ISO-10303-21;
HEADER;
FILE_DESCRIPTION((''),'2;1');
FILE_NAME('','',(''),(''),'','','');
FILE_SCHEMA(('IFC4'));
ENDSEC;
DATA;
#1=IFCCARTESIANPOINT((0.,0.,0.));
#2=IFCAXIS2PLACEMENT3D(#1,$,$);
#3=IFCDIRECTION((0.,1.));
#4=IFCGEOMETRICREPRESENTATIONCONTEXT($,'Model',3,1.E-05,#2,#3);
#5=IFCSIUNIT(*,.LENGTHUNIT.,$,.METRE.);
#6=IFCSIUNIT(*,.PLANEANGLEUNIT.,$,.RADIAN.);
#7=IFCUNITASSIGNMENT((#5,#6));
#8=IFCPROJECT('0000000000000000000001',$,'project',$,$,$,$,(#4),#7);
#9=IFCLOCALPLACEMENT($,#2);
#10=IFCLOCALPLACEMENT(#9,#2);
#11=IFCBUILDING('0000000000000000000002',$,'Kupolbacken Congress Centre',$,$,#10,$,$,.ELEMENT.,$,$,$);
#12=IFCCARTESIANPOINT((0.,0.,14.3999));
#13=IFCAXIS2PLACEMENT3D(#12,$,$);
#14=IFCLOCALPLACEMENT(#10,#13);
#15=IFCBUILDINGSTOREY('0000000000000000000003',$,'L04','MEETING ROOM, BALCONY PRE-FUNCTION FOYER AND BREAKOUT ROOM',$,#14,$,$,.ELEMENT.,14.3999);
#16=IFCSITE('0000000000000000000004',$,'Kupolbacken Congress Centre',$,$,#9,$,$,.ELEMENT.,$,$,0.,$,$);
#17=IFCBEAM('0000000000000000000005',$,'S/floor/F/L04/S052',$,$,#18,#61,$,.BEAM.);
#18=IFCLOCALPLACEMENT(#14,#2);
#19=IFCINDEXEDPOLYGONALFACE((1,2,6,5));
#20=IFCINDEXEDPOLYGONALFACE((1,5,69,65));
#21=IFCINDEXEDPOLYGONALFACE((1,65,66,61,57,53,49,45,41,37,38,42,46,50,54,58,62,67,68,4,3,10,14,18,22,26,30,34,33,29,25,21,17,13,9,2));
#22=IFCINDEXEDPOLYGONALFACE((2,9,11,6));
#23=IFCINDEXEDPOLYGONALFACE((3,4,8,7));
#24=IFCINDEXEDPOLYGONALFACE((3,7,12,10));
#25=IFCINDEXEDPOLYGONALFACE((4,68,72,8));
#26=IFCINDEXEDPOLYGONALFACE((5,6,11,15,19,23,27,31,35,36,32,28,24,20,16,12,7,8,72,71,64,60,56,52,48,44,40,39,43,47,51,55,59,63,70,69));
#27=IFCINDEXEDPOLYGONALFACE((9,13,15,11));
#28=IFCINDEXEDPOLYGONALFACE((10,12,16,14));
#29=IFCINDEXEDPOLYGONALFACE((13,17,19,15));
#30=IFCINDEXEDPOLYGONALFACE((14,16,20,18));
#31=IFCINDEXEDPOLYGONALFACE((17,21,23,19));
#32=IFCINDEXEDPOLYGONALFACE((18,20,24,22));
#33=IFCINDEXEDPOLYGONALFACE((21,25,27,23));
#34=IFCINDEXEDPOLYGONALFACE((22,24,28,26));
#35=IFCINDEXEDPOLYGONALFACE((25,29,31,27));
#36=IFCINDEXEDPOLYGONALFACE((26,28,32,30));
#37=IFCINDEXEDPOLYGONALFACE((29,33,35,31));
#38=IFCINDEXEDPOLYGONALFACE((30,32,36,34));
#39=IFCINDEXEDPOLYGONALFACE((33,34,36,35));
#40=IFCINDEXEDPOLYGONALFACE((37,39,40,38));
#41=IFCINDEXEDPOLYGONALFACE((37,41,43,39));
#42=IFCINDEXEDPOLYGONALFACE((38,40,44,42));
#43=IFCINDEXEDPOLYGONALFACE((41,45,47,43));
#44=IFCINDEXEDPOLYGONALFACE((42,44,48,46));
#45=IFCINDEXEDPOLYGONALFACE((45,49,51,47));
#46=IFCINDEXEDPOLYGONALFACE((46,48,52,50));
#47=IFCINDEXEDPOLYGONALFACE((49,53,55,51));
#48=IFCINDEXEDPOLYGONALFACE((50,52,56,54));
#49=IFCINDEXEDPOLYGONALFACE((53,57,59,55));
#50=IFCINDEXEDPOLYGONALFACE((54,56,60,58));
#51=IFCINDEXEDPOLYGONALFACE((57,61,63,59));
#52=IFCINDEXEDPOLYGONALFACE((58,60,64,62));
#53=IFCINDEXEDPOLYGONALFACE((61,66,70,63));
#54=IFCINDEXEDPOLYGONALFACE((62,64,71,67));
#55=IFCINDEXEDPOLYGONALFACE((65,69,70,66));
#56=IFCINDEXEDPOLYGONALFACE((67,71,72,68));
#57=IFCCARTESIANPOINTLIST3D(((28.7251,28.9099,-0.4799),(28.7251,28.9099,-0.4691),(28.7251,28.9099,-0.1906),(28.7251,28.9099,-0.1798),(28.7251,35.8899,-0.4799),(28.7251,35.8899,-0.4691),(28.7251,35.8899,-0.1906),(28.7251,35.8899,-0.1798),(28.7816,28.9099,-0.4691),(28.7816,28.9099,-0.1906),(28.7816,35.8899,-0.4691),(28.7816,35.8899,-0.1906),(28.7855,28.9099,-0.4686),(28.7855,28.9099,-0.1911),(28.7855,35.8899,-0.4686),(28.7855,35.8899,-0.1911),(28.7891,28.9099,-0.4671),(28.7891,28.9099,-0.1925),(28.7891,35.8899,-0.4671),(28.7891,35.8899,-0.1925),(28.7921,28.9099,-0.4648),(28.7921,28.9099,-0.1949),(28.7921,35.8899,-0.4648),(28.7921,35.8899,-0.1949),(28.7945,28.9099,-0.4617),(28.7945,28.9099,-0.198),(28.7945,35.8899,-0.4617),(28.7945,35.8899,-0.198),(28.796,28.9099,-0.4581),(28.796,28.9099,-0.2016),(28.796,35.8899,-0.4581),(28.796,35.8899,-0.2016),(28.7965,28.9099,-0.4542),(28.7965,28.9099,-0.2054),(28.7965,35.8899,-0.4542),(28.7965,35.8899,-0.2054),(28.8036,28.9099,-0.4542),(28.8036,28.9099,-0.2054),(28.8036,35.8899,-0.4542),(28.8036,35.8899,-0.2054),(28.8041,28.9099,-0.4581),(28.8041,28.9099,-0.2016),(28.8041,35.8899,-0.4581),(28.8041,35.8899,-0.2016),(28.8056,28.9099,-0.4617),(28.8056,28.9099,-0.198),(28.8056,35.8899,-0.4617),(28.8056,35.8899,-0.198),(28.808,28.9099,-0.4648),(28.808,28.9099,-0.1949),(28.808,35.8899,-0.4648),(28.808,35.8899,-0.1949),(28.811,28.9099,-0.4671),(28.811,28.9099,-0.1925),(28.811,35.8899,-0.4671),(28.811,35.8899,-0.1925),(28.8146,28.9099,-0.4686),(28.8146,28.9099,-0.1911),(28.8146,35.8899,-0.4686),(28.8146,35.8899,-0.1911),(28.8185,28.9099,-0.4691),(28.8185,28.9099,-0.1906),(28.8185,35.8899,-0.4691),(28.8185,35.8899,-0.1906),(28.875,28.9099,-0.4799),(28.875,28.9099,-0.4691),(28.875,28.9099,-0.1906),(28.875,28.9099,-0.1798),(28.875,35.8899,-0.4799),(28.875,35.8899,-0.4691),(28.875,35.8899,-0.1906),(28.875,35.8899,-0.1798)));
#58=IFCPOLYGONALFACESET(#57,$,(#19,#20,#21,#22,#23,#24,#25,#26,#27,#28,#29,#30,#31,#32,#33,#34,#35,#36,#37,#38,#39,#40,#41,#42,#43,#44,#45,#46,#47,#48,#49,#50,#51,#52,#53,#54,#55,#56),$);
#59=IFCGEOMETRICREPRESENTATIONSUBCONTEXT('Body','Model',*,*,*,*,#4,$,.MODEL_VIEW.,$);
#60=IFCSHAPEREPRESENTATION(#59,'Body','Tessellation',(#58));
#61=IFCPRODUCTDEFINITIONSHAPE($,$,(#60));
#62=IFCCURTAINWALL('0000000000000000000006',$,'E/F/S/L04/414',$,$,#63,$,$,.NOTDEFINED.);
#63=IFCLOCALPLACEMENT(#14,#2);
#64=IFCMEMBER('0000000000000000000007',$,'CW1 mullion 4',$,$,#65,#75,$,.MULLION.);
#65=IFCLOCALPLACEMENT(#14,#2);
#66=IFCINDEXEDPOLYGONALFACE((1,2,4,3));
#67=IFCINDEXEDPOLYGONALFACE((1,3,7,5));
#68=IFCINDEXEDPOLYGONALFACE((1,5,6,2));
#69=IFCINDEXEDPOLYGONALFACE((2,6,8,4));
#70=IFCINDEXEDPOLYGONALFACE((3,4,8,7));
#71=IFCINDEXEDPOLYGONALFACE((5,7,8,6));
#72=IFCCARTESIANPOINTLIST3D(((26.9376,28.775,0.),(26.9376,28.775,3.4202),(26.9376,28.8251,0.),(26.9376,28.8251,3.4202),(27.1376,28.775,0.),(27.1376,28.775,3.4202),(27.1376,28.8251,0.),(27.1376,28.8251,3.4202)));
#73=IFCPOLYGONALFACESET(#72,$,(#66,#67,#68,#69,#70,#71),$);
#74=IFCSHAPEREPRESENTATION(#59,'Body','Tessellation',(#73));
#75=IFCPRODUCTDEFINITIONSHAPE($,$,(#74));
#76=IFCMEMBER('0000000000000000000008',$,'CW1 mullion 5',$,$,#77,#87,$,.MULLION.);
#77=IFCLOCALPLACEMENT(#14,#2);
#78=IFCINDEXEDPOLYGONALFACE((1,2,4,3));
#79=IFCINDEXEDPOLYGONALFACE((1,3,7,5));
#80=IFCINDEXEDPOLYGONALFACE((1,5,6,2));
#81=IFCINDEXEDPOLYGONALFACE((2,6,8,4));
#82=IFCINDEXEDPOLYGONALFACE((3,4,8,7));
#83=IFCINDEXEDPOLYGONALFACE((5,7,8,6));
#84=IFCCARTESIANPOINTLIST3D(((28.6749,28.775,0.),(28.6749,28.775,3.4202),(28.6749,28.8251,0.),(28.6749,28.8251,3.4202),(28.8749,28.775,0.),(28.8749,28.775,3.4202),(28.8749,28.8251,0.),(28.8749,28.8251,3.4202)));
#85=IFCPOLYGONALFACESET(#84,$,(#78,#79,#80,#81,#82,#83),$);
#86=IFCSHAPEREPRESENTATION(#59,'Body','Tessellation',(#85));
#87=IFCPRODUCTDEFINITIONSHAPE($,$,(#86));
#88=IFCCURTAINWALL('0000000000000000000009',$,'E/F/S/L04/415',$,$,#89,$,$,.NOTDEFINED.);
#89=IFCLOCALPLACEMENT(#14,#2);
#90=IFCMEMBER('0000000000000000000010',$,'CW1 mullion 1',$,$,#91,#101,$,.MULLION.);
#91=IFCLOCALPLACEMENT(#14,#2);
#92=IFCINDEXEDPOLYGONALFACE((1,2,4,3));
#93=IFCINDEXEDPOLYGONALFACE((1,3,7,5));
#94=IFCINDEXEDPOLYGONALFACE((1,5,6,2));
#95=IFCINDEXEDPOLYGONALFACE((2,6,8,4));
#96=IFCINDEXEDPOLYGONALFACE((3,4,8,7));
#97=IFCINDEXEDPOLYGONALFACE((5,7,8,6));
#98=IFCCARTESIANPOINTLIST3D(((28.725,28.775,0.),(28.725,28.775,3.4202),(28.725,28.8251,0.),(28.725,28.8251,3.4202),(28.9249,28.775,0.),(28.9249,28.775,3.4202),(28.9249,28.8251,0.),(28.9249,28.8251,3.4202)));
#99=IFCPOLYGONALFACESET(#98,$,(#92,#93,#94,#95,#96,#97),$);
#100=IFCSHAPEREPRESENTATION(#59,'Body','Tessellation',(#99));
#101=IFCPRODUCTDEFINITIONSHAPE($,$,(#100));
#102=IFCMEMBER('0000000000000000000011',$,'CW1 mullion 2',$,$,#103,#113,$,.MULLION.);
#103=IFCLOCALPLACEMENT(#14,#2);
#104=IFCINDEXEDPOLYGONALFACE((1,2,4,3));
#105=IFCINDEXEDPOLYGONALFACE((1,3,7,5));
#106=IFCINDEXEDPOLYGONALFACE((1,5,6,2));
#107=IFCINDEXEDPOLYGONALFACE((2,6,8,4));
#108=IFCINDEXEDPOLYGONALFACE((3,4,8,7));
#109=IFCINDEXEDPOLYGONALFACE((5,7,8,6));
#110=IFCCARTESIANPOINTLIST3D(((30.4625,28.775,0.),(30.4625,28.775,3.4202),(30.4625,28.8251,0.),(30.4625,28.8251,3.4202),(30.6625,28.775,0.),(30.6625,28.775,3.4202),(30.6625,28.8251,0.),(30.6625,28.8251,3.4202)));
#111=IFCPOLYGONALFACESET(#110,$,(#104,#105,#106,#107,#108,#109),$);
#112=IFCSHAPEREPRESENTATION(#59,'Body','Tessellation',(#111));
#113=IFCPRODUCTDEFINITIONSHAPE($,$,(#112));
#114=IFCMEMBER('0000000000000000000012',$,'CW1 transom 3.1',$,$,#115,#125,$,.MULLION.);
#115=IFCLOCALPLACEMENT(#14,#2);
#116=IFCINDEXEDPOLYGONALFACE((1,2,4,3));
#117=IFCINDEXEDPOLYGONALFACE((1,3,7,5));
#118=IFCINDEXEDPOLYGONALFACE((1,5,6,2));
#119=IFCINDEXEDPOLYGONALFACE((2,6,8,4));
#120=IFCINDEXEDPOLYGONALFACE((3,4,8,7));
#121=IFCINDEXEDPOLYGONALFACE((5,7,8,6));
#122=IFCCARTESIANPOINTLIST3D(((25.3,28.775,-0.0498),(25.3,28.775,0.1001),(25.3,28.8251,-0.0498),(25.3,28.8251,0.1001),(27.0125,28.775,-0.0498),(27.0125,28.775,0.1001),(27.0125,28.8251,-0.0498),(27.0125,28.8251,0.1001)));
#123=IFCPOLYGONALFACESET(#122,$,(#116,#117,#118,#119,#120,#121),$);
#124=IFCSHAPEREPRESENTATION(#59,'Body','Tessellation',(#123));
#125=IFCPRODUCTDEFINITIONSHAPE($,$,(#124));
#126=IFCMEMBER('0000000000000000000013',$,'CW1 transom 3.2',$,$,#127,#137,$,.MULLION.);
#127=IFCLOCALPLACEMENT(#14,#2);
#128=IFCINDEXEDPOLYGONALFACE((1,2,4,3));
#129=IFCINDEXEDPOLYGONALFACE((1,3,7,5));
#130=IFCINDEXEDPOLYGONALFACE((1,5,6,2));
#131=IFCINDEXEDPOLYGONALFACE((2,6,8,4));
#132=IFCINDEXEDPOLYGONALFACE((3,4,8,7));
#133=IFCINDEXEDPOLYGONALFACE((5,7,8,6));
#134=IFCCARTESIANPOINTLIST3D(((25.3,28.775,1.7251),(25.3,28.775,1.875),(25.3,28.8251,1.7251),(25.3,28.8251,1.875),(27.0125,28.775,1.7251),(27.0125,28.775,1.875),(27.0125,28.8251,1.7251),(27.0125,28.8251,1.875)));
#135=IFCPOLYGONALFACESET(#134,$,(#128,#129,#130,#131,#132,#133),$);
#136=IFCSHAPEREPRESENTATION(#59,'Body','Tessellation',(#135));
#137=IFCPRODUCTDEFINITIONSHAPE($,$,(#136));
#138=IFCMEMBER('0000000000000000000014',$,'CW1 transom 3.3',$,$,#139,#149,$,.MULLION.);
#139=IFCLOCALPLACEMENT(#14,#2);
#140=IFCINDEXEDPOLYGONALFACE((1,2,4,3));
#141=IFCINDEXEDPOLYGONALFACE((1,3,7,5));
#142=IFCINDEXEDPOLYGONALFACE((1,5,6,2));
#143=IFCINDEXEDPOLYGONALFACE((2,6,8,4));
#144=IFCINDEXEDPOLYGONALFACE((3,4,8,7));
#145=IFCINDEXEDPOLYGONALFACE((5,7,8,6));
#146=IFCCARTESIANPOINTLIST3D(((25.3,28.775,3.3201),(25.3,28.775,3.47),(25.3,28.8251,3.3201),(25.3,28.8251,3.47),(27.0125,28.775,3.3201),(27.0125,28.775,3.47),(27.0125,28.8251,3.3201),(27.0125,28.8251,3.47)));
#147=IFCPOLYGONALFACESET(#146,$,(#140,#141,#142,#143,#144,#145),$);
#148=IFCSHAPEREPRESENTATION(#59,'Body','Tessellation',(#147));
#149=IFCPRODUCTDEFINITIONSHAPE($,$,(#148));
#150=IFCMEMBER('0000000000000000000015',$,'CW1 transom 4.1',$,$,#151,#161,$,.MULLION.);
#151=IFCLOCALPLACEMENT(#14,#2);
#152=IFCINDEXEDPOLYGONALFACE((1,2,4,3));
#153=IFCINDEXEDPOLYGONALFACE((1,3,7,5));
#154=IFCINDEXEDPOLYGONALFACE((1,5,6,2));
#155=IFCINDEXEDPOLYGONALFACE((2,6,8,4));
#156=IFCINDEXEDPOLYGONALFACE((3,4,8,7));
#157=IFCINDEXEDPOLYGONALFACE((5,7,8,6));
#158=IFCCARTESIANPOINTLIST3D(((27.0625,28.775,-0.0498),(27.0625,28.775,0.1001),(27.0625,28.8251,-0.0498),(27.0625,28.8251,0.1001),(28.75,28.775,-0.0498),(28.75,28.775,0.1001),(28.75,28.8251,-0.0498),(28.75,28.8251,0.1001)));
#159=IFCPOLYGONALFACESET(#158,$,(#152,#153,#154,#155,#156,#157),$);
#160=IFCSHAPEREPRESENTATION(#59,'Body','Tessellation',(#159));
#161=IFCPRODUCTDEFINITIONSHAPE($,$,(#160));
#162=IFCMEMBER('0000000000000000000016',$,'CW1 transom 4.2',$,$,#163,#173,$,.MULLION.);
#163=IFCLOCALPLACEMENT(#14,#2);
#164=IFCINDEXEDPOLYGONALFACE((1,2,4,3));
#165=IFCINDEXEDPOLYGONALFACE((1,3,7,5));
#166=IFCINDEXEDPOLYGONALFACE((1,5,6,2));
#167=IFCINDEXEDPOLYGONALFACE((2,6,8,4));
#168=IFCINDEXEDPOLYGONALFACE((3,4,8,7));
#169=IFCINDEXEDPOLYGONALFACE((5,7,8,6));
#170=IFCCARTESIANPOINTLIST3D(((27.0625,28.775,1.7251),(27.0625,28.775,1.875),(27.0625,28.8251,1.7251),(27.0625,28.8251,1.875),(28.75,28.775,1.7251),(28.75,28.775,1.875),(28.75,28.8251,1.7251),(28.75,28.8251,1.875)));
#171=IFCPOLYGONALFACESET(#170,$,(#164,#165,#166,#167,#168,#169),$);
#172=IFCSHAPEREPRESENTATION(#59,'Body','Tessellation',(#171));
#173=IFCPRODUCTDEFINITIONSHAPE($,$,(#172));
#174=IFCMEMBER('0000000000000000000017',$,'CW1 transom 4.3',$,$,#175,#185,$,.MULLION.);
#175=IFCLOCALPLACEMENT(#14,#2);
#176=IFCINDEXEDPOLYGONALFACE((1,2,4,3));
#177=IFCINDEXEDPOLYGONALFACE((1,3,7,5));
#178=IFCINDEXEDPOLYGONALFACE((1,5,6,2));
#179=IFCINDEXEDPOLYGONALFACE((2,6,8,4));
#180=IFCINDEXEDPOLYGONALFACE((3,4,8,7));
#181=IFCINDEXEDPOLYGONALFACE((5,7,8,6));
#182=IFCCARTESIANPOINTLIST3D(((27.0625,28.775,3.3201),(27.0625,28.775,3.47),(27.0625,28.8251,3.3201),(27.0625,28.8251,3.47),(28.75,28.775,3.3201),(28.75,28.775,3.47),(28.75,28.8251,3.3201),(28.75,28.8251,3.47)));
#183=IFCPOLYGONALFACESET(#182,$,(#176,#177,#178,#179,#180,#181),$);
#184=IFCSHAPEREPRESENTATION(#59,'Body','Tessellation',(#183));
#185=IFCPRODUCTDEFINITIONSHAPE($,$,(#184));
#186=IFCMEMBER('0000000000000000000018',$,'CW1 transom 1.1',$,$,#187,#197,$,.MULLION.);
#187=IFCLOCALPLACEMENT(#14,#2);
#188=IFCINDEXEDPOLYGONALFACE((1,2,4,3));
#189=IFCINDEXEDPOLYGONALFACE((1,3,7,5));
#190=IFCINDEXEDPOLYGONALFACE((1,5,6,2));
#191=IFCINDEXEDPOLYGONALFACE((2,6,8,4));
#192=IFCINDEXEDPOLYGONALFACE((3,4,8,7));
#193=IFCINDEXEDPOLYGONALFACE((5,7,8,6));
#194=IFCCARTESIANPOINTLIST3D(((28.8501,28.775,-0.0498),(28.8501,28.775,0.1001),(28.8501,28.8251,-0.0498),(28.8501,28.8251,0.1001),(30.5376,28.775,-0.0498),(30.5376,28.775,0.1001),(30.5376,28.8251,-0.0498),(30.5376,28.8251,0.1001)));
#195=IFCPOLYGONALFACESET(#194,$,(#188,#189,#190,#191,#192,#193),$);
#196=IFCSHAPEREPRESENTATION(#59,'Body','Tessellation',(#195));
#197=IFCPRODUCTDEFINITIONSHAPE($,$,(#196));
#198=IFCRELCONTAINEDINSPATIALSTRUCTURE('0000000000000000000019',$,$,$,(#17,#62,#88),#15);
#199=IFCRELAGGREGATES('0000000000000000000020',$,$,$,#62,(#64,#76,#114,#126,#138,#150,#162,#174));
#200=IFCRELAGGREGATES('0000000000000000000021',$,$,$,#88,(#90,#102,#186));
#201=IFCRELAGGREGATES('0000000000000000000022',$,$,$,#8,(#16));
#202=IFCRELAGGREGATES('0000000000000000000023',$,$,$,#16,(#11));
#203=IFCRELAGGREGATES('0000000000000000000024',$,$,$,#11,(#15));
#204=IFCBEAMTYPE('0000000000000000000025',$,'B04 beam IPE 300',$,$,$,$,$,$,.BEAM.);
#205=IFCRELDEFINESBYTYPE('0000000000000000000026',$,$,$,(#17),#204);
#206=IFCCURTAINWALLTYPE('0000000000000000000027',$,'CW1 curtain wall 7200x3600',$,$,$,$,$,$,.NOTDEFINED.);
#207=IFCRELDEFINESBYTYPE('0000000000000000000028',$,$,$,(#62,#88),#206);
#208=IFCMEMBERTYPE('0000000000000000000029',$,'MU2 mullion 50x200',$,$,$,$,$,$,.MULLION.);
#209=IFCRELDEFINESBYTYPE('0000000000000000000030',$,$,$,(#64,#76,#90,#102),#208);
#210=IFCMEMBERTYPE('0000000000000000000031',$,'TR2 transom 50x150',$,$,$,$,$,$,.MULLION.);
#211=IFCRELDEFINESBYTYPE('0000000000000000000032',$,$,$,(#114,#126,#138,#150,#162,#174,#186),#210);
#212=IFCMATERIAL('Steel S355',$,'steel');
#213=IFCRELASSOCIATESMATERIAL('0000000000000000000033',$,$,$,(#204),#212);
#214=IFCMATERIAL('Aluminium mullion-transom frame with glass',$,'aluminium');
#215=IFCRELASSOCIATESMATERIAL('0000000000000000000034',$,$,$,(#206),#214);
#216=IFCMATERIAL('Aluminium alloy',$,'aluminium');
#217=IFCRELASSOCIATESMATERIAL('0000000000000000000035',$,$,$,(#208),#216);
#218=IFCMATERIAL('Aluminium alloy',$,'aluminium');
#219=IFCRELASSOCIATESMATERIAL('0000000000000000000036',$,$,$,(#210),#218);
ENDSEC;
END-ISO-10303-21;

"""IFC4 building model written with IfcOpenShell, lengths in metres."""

from ifc_helpers import new_model, si_unit, direction, frame, origin, origin_2d, place, context, subcontext, project, spatial, rectangle, i_section, extrude, material, material_profile, profile_set, type_object, element, aggregate, save


model = new_model("IFC4")

# Units and contexts
model_context = context("Model", 3, precision=1e-05, world=origin(), true_north=direction((0.0, 1.0)))
body_context = subcontext(model_context, "Body", "Model", "MODEL_VIEW")
ifc_project = project(units=[si_unit("LENGTHUNIT", "METRE"), si_unit("PLANEANGLEUNIT", "RADIAN")], contexts=[model_context])

# Site, building, storey
site_placement = place(None, origin())
site = spatial("IfcSite", under=ifc_project, at=site_placement, Name="Kupolbacken Congress Centre", CompositionType="ELEMENT", RefElevation=0.0)
building_placement = place(site_placement, origin())
building = spatial("IfcBuilding", under=site, at=building_placement, Name="Kupolbacken Congress Centre", CompositionType="ELEMENT")
storey_placement = place(building_placement, frame((0.0, 0.0, 14.3999)))
storey = spatial("IfcBuildingStorey", under=building, at=storey_placement, Name="L04", Description="MEETING ROOM, BALCONY PRE-FUNCTION FOYER AND BREAKOUT ROOM", CompositionType="ELEMENT", Elevation=14.3999)

# Beam
ifc_material_1 = material(Name="Steel S355", Category="steel")
ifc_material_profile_1 = material_profile(ifc_material_1, i_section(OverallWidth=0.1499, OverallDepth=0.3, WebThickness=0.0071, FlangeThickness=0.0107, FilletRadius=0.0149, at=origin_2d()), Name="IPE 300")
ifc_profile_set_1 = profile_set([ifc_material_profile_1], Name="Steel S355")
beam_type = type_object("IfcBeamType", Name="B04 beam IPE 300", PredefinedType="BEAM", material=ifc_profile_set_1)
beam_placement = place(storey_placement, frame((28.8, 28.9099, -0.3298), z_axis=(0.0, 1.0, 0.0), x_axis=(-1.0, 0.0, 0.0)))
element("IfcBeam", 1, at=beam_placement, inside=storey, type_object=beam_type, Name="S/floor/F/L04/S052", PredefinedType="BEAM", context=body_context, shape_type="SweptSolid", body=[
    extrude(i_section(OverallWidth=0.1499, OverallDepth=0.3, WebThickness=0.0071, FlangeThickness=0.0107, FilletRadius=0.0149, at=origin_2d()), origin(), (0.0, 0.0, 1.0), 6.98),
])

# Curtain walls, members
ifc_material_2 = material(Name="Aluminium mullion-transom frame with glass", Category="aluminium")
curtain_wall_type = type_object("IfcCurtainWallType", Name="CW1 curtain wall 7200x3600", PredefinedType="NOTDEFINED", material=ifc_material_2)
curtain_wall_1_placement = place(storey_placement, origin())
curtain_wall_1 = element("IfcCurtainWall", 2, at=curtain_wall_1_placement, inside=storey, type_object=curtain_wall_type, Name="E/F/S/L04/414", PredefinedType="NOTDEFINED")
ifc_material_3 = material(Name="Aluminium alloy", Category="aluminium")
ifc_material_profile_2 = material_profile(ifc_material_3, rectangle(XDim=0.05, YDim=0.2, at=origin_2d()), Name="50 x 200")
ifc_profile_set_2 = profile_set([ifc_material_profile_2], Name="Aluminium alloy")
member_type_1 = type_object("IfcMemberType", Name="MU2 mullion 50x200", PredefinedType="MULLION", material=ifc_profile_set_2)
member_1_placement = place(storey_placement, frame((27.0376, 28.8, 0.0), z_axis=(0.0, 0.0, 1.0), x_axis=(0.0, 1.0, 0.0)))
member_1 = element("IfcMember", 3, at=member_1_placement, type_object=member_type_1, Name="CW1 mullion 4", PredefinedType="MULLION", context=body_context, shape_type="SweptSolid", body=[
    extrude(rectangle(XDim=0.05, YDim=0.2, at=origin_2d()), origin(), (0.0, 0.0, 1.0), 3.4202),
])
member_2_placement = place(storey_placement, frame((28.7749, 28.8, 0.0), z_axis=(0.0, 0.0, 1.0), x_axis=(0.0, 1.0, 0.0)))
member_2 = element("IfcMember", 4, at=member_2_placement, type_object=member_type_1, Name="CW1 mullion 5", PredefinedType="MULLION", context=body_context, shape_type="SweptSolid", body=[
    extrude(rectangle(XDim=0.05, YDim=0.2, at=origin_2d()), origin(), (0.0, 0.0, 1.0), 3.4202),
])
curtain_wall_2_placement = place(storey_placement, origin())
curtain_wall_2 = element("IfcCurtainWall", 5, at=curtain_wall_2_placement, inside=storey, type_object=curtain_wall_type, Name="E/F/S/L04/415", PredefinedType="NOTDEFINED")
member_3_placement = place(storey_placement, frame((28.825, 28.8, 0.0), z_axis=(0.0, 0.0, 1.0), x_axis=(0.0, 1.0, 0.0)))
member_3 = element("IfcMember", 6, at=member_3_placement, type_object=member_type_1, Name="CW1 mullion 1", PredefinedType="MULLION", context=body_context, shape_type="SweptSolid", body=[
    extrude(rectangle(XDim=0.05, YDim=0.2, at=origin_2d()), origin(), (0.0, 0.0, 1.0), 3.4202),
])
member_4_placement = place(storey_placement, frame((30.5625, 28.8, 0.0), z_axis=(0.0, 0.0, 1.0), x_axis=(0.0, 1.0, 0.0)))
member_4 = element("IfcMember", 7, at=member_4_placement, type_object=member_type_1, Name="CW1 mullion 2", PredefinedType="MULLION", context=body_context, shape_type="SweptSolid", body=[
    extrude(rectangle(XDim=0.05, YDim=0.2, at=origin_2d()), origin(), (0.0, 0.0, 1.0), 3.4202),
])

# Members
ifc_material_4 = material(Name="Aluminium alloy", Category="aluminium")
ifc_material_profile_3 = material_profile(ifc_material_4, rectangle(XDim=0.05, YDim=0.1499, at=origin_2d()), Name="50 x 150")
ifc_profile_set_3 = profile_set([ifc_material_profile_3], Name="Aluminium alloy")
member_type_2 = type_object("IfcMemberType", Name="TR2 transom 50x150", PredefinedType="MULLION", material=ifc_profile_set_3)
member_5_placement = place(storey_placement, frame((25.3, 28.8, 0.0251), z_axis=(1.0, 0.0, 0.0), x_axis=(0.0, 1.0, 0.0)))
member_5 = element("IfcMember", 8, at=member_5_placement, type_object=member_type_2, Name="CW1 transom 3.1", PredefinedType="MULLION", context=body_context, shape_type="SweptSolid", body=[
    extrude(rectangle(XDim=0.05, YDim=0.1499, at=origin_2d()), origin(), (0.0, 0.0, 1.0), 1.7124),
])
member_6_placement = place(storey_placement, frame((25.3, 28.8, 1.8), z_axis=(1.0, 0.0, 0.0), x_axis=(0.0, 1.0, 0.0)))
member_6 = element("IfcMember", 9, at=member_6_placement, type_object=member_type_2, Name="CW1 transom 3.2", PredefinedType="MULLION", context=body_context, shape_type="SweptSolid", body=[
    extrude(rectangle(XDim=0.05, YDim=0.1499, at=origin_2d()), origin(), (0.0, 0.0, 1.0), 1.7124),
])
member_7_placement = place(storey_placement, frame((25.3, 28.8, 3.395), z_axis=(1.0, 0.0, 0.0), x_axis=(0.0, 1.0, 0.0)))
member_7 = element("IfcMember", 10, at=member_7_placement, type_object=member_type_2, Name="CW1 transom 3.3", PredefinedType="MULLION", context=body_context, shape_type="SweptSolid", body=[
    extrude(rectangle(XDim=0.05, YDim=0.1499, at=origin_2d()), origin(), (0.0, 0.0, 1.0), 1.7124),
])
member_8_placement = place(storey_placement, frame((27.0625, 28.8, 0.0251), z_axis=(1.0, 0.0, 0.0), x_axis=(0.0, 1.0, 0.0)))
member_8 = element("IfcMember", 11, at=member_8_placement, type_object=member_type_2, Name="CW1 transom 4.1", PredefinedType="MULLION", context=body_context, shape_type="SweptSolid", body=[
    extrude(rectangle(XDim=0.05, YDim=0.1499, at=origin_2d()), origin(), (0.0, 0.0, 1.0), 1.6875),
])
member_9_placement = place(storey_placement, frame((27.0625, 28.8, 1.8), z_axis=(1.0, 0.0, 0.0), x_axis=(0.0, 1.0, 0.0)))
member_9 = element("IfcMember", 12, at=member_9_placement, type_object=member_type_2, Name="CW1 transom 4.2", PredefinedType="MULLION", context=body_context, shape_type="SweptSolid", body=[
    extrude(rectangle(XDim=0.05, YDim=0.1499, at=origin_2d()), origin(), (0.0, 0.0, 1.0), 1.6875),
])
member_10_placement = place(storey_placement, frame((27.0625, 28.8, 3.395), z_axis=(1.0, 0.0, 0.0), x_axis=(0.0, 1.0, 0.0)))
member_10 = element("IfcMember", 13, at=member_10_placement, type_object=member_type_2, Name="CW1 transom 4.3", PredefinedType="MULLION", context=body_context, shape_type="SweptSolid", body=[
    extrude(rectangle(XDim=0.05, YDim=0.1499, at=origin_2d()), origin(), (0.0, 0.0, 1.0), 1.6875),
])
member_11_placement = place(storey_placement, frame((28.8501, 28.8, 0.0251), z_axis=(1.0, 0.0, 0.0), x_axis=(0.0, 1.0, 0.0)))
member_11 = element("IfcMember", 14, at=member_11_placement, type_object=member_type_2, Name="CW1 transom 1.1", PredefinedType="MULLION", context=body_context, shape_type="SweptSolid", body=[
    extrude(rectangle(XDim=0.05, YDim=0.1499, at=origin_2d()), origin(), (0.0, 0.0, 1.0), 1.6875),
])

aggregate(curtain_wall_1, [member_1, member_2, member_5, member_6, member_7, member_8, member_9, member_10])
aggregate(curtain_wall_2, [member_3, member_4, member_11])

save(model, "model.ifc")
